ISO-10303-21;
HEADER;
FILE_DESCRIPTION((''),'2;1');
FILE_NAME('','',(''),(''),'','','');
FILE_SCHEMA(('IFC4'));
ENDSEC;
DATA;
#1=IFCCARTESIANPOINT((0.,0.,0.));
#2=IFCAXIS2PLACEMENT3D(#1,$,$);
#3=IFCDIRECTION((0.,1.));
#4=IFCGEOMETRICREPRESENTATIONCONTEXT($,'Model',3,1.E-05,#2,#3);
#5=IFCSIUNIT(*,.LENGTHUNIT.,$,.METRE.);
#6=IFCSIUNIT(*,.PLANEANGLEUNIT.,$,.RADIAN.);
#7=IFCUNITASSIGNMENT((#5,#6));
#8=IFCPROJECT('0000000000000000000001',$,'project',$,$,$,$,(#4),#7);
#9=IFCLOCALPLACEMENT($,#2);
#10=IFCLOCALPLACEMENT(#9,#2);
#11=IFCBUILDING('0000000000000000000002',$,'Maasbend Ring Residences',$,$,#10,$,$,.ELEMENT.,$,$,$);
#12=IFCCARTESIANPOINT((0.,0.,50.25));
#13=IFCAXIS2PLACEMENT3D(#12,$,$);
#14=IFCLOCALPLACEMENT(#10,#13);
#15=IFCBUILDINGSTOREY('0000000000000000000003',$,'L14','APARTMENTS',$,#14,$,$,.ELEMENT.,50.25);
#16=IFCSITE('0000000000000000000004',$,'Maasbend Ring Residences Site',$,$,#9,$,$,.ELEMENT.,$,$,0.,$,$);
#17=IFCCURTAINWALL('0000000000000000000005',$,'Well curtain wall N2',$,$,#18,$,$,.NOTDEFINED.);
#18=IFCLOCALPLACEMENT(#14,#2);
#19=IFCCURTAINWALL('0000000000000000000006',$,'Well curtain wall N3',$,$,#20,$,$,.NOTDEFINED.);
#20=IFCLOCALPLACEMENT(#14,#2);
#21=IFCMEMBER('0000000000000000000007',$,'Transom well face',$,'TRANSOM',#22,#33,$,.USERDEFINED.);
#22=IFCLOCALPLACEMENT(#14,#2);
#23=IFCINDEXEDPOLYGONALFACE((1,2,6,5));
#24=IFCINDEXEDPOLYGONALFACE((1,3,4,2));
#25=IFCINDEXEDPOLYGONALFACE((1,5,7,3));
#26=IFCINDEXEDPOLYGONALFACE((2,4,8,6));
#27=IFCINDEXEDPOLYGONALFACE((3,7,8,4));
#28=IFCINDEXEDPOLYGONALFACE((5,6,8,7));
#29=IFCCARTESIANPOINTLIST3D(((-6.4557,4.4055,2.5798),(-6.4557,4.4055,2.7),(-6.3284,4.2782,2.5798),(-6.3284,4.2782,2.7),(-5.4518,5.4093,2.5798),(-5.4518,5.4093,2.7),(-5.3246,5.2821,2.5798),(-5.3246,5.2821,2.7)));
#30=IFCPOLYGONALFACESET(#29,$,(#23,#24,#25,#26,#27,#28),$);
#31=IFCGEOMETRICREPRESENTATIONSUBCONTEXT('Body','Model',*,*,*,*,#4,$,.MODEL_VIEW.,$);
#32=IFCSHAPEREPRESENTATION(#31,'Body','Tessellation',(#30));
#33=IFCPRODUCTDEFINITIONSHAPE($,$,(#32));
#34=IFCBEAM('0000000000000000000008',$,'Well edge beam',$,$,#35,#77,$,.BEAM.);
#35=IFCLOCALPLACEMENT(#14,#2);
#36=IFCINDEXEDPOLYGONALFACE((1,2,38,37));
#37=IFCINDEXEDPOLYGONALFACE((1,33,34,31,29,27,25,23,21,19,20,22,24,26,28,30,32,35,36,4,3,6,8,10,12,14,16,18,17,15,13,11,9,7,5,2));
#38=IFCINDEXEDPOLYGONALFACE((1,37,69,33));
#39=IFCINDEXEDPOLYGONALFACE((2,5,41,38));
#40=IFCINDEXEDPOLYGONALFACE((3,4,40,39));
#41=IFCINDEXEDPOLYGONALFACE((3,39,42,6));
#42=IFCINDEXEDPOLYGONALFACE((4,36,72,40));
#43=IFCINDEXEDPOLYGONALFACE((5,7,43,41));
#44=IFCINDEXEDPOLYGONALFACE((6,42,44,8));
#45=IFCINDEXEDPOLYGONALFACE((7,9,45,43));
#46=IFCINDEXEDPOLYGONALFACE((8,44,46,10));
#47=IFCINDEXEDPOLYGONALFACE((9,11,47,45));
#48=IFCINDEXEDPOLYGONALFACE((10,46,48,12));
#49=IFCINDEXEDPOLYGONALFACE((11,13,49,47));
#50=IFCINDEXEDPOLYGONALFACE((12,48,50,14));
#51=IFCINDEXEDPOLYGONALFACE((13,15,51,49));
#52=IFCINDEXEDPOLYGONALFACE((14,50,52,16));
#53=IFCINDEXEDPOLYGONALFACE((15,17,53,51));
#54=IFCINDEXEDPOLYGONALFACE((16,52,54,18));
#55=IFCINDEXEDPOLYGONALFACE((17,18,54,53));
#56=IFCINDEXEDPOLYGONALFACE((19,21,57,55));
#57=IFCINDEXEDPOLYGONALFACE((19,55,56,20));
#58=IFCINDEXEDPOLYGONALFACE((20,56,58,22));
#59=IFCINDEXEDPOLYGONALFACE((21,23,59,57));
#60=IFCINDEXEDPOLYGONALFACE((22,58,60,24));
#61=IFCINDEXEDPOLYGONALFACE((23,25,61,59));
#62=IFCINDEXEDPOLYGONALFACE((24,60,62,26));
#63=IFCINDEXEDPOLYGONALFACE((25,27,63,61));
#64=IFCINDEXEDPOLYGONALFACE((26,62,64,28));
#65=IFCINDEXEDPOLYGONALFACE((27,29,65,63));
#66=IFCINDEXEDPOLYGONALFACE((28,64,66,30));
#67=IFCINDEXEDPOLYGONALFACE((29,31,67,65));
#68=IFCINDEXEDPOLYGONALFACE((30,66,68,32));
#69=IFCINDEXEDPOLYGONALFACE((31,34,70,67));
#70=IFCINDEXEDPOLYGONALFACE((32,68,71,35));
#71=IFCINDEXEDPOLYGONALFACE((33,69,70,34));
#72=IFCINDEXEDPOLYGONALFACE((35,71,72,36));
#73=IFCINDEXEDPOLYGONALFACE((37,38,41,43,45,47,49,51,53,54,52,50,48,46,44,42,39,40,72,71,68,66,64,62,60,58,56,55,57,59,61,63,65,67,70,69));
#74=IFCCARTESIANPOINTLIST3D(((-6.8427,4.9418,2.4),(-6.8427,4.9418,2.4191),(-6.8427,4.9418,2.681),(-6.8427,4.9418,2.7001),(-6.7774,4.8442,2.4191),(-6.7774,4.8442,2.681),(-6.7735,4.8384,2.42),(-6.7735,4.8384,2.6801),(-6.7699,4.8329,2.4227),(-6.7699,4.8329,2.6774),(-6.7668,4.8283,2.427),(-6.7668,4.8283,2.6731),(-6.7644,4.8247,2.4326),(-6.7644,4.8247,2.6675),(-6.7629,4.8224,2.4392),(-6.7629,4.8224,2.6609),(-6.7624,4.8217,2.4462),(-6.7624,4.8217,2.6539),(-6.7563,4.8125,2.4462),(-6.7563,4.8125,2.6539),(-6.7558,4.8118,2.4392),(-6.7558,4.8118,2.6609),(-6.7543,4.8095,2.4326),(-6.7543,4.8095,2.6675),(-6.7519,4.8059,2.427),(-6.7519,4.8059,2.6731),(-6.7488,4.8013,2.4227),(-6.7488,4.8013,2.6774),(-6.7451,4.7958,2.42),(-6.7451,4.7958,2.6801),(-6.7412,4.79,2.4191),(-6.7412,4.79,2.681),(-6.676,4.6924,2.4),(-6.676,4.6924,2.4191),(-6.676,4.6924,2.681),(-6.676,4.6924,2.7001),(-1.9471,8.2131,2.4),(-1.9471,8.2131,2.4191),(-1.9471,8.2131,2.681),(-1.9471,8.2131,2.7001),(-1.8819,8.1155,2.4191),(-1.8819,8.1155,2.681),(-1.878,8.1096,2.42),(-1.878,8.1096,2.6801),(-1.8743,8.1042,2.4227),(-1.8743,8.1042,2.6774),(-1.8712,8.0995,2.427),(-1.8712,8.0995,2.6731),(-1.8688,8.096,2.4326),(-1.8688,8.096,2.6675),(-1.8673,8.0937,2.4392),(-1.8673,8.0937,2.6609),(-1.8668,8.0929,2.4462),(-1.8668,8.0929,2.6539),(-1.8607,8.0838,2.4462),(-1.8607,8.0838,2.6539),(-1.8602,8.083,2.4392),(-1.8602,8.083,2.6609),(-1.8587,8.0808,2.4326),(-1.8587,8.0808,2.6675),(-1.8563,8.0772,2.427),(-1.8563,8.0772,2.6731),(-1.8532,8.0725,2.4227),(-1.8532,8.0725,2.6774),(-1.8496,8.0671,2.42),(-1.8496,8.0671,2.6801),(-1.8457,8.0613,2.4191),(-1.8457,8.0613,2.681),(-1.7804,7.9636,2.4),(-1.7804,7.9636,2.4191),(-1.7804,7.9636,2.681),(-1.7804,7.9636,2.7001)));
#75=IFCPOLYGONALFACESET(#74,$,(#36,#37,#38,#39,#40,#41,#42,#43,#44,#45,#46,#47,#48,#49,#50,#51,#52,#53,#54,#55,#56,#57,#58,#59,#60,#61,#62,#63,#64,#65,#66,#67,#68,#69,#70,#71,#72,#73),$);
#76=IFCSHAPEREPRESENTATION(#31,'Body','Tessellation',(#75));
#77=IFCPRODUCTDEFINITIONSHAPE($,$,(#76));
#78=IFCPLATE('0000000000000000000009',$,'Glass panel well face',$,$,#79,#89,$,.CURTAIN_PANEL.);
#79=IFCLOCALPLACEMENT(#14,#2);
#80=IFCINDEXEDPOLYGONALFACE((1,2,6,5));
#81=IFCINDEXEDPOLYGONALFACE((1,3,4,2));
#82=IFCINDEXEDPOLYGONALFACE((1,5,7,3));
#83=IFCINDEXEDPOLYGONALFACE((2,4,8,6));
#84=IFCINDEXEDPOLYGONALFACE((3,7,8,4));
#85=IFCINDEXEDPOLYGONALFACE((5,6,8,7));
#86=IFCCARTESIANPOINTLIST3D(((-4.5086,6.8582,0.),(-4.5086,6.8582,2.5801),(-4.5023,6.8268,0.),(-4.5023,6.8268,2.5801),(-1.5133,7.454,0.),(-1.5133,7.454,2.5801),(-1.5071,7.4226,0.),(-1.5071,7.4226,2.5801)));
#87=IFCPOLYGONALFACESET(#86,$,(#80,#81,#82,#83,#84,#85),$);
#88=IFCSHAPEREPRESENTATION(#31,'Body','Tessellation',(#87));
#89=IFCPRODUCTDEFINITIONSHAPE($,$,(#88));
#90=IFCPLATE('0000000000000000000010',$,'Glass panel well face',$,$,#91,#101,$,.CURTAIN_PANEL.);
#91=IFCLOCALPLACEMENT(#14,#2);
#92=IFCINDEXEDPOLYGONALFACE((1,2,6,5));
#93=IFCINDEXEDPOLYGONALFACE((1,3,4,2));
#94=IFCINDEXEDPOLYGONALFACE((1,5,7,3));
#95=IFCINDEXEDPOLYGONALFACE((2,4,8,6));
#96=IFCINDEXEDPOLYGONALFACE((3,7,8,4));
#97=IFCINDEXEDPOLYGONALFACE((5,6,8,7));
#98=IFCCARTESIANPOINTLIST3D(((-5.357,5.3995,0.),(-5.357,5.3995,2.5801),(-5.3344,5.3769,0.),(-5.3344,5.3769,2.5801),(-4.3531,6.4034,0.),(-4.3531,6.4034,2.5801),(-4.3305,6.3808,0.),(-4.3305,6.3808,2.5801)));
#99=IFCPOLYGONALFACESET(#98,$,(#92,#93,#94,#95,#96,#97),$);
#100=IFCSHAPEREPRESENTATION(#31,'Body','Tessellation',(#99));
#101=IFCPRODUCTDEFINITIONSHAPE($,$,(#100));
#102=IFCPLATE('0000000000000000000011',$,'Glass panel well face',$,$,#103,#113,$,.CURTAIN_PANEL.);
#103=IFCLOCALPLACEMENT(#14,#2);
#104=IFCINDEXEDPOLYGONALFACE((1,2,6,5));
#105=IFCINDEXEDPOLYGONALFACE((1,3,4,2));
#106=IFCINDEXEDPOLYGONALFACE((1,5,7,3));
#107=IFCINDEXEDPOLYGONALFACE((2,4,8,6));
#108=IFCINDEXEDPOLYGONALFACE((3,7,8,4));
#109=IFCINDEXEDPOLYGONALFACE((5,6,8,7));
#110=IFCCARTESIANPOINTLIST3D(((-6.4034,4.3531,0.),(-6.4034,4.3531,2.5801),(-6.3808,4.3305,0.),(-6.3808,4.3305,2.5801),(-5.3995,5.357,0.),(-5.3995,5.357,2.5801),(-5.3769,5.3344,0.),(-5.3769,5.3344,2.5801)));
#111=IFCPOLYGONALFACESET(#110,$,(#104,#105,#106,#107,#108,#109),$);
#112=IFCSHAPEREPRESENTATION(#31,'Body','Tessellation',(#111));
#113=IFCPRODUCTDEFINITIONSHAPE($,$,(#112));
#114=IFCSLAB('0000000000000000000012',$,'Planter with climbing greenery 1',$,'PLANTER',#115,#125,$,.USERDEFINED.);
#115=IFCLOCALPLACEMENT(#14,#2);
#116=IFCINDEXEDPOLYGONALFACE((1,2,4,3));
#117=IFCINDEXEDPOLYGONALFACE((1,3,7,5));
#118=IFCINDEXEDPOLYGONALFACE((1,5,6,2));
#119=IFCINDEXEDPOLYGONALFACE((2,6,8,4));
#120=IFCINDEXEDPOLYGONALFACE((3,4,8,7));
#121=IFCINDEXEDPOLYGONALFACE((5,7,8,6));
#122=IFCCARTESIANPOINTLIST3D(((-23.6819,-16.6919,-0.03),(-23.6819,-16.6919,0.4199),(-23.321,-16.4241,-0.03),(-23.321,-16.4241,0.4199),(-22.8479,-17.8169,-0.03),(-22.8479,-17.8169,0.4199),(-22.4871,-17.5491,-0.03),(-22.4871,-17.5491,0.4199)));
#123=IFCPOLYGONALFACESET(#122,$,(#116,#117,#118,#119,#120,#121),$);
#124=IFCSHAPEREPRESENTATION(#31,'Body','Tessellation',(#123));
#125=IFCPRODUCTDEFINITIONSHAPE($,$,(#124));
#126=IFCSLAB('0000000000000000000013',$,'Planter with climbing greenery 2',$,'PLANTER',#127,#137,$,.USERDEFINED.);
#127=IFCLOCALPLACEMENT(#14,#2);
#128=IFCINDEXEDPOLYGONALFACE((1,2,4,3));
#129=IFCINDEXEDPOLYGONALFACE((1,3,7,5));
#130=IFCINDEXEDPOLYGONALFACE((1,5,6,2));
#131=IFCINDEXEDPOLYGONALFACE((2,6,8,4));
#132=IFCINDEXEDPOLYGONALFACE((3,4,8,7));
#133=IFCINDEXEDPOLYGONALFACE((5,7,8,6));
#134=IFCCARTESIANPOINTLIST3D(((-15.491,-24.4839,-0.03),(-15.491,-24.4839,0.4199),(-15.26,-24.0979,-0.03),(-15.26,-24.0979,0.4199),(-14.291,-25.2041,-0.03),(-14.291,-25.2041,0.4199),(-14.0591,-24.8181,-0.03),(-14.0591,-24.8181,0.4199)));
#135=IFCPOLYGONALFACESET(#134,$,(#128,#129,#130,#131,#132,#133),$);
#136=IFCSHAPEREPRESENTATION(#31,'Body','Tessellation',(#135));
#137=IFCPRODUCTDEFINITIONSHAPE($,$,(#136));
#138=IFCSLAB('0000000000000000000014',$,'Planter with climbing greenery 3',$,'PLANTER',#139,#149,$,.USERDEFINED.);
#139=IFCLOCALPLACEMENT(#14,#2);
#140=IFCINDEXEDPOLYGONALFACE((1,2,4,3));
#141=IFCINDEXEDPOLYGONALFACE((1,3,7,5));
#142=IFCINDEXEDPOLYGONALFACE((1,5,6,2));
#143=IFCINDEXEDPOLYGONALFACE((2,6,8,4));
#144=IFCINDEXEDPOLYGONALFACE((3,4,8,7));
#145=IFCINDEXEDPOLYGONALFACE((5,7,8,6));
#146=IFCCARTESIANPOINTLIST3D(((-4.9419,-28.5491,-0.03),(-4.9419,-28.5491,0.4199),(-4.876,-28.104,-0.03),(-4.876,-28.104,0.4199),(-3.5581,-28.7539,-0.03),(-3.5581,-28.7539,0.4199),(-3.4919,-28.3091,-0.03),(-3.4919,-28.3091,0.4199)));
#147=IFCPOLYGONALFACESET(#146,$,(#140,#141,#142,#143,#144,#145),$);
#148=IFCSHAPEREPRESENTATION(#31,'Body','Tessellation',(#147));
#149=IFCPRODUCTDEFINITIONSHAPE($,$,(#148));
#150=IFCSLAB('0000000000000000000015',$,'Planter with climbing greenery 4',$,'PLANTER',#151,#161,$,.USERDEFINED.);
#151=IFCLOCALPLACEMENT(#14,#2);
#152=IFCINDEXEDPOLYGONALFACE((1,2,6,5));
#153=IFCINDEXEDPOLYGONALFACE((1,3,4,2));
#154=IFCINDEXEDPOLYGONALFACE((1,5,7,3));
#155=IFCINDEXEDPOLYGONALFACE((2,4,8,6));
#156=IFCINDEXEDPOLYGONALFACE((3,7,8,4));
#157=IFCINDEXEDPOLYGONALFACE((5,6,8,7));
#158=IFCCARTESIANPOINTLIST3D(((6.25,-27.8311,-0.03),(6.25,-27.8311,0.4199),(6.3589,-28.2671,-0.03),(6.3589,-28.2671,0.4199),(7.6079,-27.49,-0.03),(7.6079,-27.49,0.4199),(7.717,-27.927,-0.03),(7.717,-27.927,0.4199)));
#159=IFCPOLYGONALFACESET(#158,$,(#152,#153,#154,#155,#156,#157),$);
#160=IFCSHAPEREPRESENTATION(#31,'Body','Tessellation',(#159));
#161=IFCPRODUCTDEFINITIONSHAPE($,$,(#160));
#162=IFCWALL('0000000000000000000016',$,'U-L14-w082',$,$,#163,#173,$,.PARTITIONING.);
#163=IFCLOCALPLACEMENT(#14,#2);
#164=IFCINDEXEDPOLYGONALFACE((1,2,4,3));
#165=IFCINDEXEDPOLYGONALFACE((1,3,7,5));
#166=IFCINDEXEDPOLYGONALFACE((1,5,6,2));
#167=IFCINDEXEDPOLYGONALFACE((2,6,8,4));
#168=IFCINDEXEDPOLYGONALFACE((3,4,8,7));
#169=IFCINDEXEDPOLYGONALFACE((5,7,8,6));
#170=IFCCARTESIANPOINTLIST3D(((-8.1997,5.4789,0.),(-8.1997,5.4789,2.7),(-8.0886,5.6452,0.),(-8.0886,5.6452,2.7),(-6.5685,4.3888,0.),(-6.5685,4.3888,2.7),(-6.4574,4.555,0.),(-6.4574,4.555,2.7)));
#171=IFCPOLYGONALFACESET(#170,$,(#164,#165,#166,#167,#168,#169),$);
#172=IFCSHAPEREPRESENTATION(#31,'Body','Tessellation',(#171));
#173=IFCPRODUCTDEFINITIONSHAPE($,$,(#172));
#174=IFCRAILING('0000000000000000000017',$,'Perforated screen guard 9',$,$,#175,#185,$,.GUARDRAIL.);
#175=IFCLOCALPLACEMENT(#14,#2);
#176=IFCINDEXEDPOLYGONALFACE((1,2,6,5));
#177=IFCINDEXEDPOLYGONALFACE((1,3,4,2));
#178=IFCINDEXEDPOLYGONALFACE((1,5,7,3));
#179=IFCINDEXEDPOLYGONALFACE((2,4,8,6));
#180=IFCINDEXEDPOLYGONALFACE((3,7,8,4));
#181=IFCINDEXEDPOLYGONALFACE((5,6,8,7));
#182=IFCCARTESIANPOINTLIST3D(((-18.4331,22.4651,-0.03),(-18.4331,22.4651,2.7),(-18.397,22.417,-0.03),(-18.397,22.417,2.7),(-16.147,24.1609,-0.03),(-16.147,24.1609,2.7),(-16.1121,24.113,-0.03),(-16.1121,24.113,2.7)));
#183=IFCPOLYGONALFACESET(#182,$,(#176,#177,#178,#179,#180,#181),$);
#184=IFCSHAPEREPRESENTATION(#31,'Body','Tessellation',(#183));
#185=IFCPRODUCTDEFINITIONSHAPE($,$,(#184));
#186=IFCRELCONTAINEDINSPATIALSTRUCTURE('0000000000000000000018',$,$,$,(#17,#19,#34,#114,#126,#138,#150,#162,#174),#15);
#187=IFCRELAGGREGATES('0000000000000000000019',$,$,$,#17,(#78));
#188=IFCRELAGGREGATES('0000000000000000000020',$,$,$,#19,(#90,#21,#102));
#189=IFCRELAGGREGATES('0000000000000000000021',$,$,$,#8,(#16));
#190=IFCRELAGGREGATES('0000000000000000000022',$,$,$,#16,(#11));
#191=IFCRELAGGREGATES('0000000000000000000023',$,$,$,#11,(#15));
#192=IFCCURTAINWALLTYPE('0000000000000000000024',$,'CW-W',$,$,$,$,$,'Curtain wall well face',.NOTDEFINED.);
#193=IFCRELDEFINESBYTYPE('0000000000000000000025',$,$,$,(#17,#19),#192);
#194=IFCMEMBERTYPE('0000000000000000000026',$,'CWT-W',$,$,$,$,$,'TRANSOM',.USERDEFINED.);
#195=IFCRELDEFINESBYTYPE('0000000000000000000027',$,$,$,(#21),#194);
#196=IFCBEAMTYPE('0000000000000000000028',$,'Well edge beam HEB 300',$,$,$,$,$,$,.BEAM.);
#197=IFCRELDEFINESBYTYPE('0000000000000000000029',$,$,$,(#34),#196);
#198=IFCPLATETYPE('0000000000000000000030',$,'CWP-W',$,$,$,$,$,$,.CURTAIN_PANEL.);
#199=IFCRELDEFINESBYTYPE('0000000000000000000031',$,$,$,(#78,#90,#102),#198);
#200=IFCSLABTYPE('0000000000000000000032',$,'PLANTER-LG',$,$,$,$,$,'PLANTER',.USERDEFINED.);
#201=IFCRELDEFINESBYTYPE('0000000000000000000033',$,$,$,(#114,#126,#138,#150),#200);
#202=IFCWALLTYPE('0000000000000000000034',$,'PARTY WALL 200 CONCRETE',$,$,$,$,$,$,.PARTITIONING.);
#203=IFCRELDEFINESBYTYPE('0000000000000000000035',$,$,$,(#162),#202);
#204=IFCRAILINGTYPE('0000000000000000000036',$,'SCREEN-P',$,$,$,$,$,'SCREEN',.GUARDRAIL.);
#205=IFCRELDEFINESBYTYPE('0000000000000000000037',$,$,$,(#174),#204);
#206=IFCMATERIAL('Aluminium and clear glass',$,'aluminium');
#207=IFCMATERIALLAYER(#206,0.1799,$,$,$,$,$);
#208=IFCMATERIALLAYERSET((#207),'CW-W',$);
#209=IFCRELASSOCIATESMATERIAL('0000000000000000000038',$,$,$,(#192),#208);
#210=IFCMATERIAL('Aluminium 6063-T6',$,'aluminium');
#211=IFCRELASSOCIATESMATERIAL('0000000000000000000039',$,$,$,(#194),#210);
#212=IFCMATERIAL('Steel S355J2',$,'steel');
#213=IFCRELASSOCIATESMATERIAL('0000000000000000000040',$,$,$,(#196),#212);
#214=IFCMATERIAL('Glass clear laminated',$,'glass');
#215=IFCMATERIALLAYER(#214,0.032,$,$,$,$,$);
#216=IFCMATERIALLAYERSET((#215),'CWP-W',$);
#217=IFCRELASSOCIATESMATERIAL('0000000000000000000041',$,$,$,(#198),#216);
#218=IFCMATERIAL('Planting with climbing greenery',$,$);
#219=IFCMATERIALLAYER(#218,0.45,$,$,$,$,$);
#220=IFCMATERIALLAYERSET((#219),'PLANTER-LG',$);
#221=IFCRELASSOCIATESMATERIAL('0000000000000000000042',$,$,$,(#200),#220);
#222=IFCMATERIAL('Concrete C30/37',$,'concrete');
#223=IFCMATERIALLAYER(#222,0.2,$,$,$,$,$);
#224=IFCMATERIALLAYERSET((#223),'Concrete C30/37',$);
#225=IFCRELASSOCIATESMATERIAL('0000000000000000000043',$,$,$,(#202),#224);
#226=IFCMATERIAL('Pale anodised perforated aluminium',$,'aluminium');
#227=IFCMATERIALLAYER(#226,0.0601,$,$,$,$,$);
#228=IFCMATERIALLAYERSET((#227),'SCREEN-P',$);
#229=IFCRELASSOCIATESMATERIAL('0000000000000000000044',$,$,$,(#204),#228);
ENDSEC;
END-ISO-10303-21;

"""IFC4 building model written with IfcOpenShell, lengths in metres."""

from ifc_helpers import new_model, si_unit, direction, frame, frame_2d, origin, origin_2d, place, context, subcontext, project, spatial, polyline, rectangle, i_section, outline, extrude, material, layer, layer_set, material_profile, profile_set, type_object, element, aggregate, save


model = new_model("IFC4")

# Units and contexts
model_context = context("Model", 3, precision=1e-05, world=origin(), true_north=direction((0.0, 1.0)))
body_context = subcontext(model_context, "Body", "Model", "MODEL_VIEW")
ifc_project = project(units=[si_unit("LENGTHUNIT", "METRE"), si_unit("PLANEANGLEUNIT", "RADIAN")], contexts=[model_context])

# Site, building, storey
site_placement = place(None, origin())
site = spatial("IfcSite", under=ifc_project, at=site_placement, Name="Maasbend Ring Residences Site", CompositionType="ELEMENT", RefElevation=0.0)
building_placement = place(site_placement, origin())
building = spatial("IfcBuilding", under=site, at=building_placement, Name="Maasbend Ring Residences", CompositionType="ELEMENT")
storey_placement = place(building_placement, frame((0.0, 0.0, 50.25)))
storey = spatial("IfcBuildingStorey", under=building, at=storey_placement, Name="L14", Description="APARTMENTS", CompositionType="ELEMENT", Elevation=50.25)

# Curtain walls
ifc_material_1 = material(Name="Aluminium and clear glass", Category="aluminium")
ifc_layer_1 = layer(ifc_material_1, 0.1799)
ifc_layer_set_1 = layer_set([ifc_layer_1], Name="CW-W")
curtain_wall_type = type_object("IfcCurtainWallType", Name="CW-W", ElementType="Curtain wall well face", PredefinedType="NOTDEFINED", material=ifc_layer_set_1)
curtain_wall_1_placement = place(storey_placement, origin())
curtain_wall_1 = element("IfcCurtainWall", 1, at=curtain_wall_1_placement, inside=storey, type_object=curtain_wall_type, Name="Well curtain wall N2", PredefinedType="NOTDEFINED")
curtain_wall_2_placement = place(storey_placement, origin())
curtain_wall_2 = element("IfcCurtainWall", 2, at=curtain_wall_2_placement, inside=storey, type_object=curtain_wall_type, Name="Well curtain wall N3", PredefinedType="NOTDEFINED")

# Member
ifc_material_2 = material(Name="Aluminium 6063-T6", Category="aluminium")
ifc_material_profile_1 = material_profile(ifc_material_2, rectangle(XDim=0.1799, YDim=0.1201, at=origin_2d()), Name="AL 180x120")
ifc_profile_set_1 = profile_set([ifc_material_profile_1], Name="Aluminium 6063-T6")
member_type_1 = type_object("IfcMemberType", Name="CWT-W", ElementType="TRANSOM", PredefinedType="USERDEFINED", material=ifc_profile_set_1)
member_1_placement = place(storey_placement, frame((-5.3882, 5.3457, 2.6399), z_axis=(-0.707107, -0.707107, 0.0), x_axis=(0.707107, -0.707107, 0.0)))
member_1 = element("IfcMember", 3, at=member_1_placement, type_object=member_type_1, Name="Transom well face", ObjectType="TRANSOM", PredefinedType="USERDEFINED", context=body_context, shape_type="SweptSolid", body=[
    extrude(rectangle(XDim=0.1799, YDim=0.1201, at=origin_2d()), origin(), (0.0, 0.0, 1.0), 1.4197),
])

# Beam
ifc_material_3 = material(Name="Steel S355J2", Category="steel")
ifc_material_profile_2 = material_profile(ifc_material_3, i_section(OverallWidth=0.3, OverallDepth=0.3, WebThickness=0.011, FlangeThickness=0.019, FilletRadius=0.0271, at=origin_2d()), Name="HEB 300")
ifc_profile_set_2 = profile_set([ifc_material_profile_2], Name="Steel S355J2")
beam_type = type_object("IfcBeamType", Name="Well edge beam HEB 300", PredefinedType="BEAM", material=ifc_profile_set_2)
beam_placement = place(storey_placement, frame((-1.8638, 8.0884, 2.55), z_axis=(-0.831457, -0.55559, 0.0), x_axis=(0.55559, -0.831457, 0.0)))
element("IfcBeam", 4, at=beam_placement, inside=storey, type_object=beam_type, Name="Well edge beam", PredefinedType="BEAM", context=body_context, shape_type="SweptSolid", body=[
    extrude(i_section(OverallWidth=0.3, OverallDepth=0.3, WebThickness=0.011, FlangeThickness=0.019, FilletRadius=0.0271, at=origin_2d()), origin(), (0.0, 0.0, 1.0), 5.8879),
])

# Plates
ifc_material_4 = material(Name="Glass clear laminated", Category="glass")
ifc_layer_2 = layer(ifc_material_4, 0.032)
ifc_layer_set_2 = layer_set([ifc_layer_2], Name="CWP-W")
plate_type = type_object("IfcPlateType", Name="CWP-W", PredefinedType="CURTAIN_PANEL", material=ifc_layer_set_2)
plate_1_placement = place(storey_placement, frame((-3.0078, 7.1404, 0.0), z_axis=(0.0, 0.0, 1.0), x_axis=(-0.980785, -0.19509, 0.0)))
plate_1 = element("IfcPlate", 5, at=plate_1_placement, type_object=plate_type, Name="Glass panel well face", PredefinedType="CURTAIN_PANEL", context=body_context, shape_type="SweptSolid", body=[
    extrude(rectangle(XDim=3.054, YDim=0.032, at=origin_2d()), origin(), (0.0, 0.0, 1.0), 2.5801),
])
aggregate(curtain_wall_1, [plate_1])
plate_2_placement = place(storey_placement, frame((-4.8438, 5.8901, 0.0), z_axis=(0.0, 0.0, 1.0), x_axis=(-0.707107, -0.707107, 0.0)))
plate_2 = element("IfcPlate", 6, at=plate_2_placement, type_object=plate_type, Name="Glass panel well face", PredefinedType="CURTAIN_PANEL", context=body_context, shape_type="SweptSolid", body=[
    extrude(rectangle(XDim=1.4197, YDim=0.032, at=origin_2d()), origin(), (0.0, 0.0, 1.0), 2.5801),
])
plate_3_placement = place(storey_placement, frame((-5.8901, 4.8438, 0.0), z_axis=(0.0, 0.0, 1.0), x_axis=(-0.707107, -0.707107, 0.0)))
plate_3 = element("IfcPlate", 7, at=plate_3_placement, type_object=plate_type, Name="Glass panel well face", PredefinedType="CURTAIN_PANEL", context=body_context, shape_type="SweptSolid", body=[
    extrude(rectangle(XDim=1.4197, YDim=0.032, at=origin_2d()), origin(), (0.0, 0.0, 1.0), 2.5801),
])
aggregate(curtain_wall_2, [plate_2, member_1, plate_3])

# Slabs
ifc_material_5 = material(Name="Planting with climbing greenery")
ifc_layer_3 = layer(ifc_material_5, 0.45)
ifc_layer_set_3 = layer_set([ifc_layer_3], Name="PLANTER-LG")
slab_type_1 = type_object("IfcSlabType", Name="PLANTER-LG", ElementType="PLANTER", PredefinedType="USERDEFINED", material=ifc_layer_set_3)
slab_1_placement = place(storey_placement, frame((0.0, 0.0, -0.03)))
element("IfcSlab", 8, at=slab_1_placement, inside=storey, type_object=slab_type_1, Name="Planter with climbing greenery 1", ObjectType="PLANTER", PredefinedType="USERDEFINED", context=body_context, shape_type="SweptSolid", body=[
    extrude(outline(polyline([(-23.6819, -16.6919), (-22.8479, -17.8169), (-22.4871, -17.5491), (-23.321, -16.4241), (-23.6819, -16.6919)])), origin(), (0.0, 0.0, 1.0), 0.45),
])
slab_2_placement = place(storey_placement, frame((0.0, 0.0, -0.03)))
element("IfcSlab", 9, at=slab_2_placement, inside=storey, type_object=slab_type_1, Name="Planter with climbing greenery 2", ObjectType="PLANTER", PredefinedType="USERDEFINED", context=body_context, shape_type="SweptSolid", body=[
    extrude(outline(polyline([(-15.491, -24.4839), (-14.291, -25.2041), (-14.0591, -24.8181), (-15.26, -24.0979), (-15.491, -24.4839)])), origin(), (0.0, 0.0, 1.0), 0.45),
])
slab_3_placement = place(storey_placement, frame((0.0, 0.0, -0.03)))
element("IfcSlab", 10, at=slab_3_placement, inside=storey, type_object=slab_type_1, Name="Planter with climbing greenery 3", ObjectType="PLANTER", PredefinedType="USERDEFINED", context=body_context, shape_type="SweptSolid", body=[
    extrude(outline(polyline([(-4.9419, -28.5491), (-3.5581, -28.7539), (-3.4919, -28.3091), (-4.876, -28.104), (-4.9419, -28.5491)])), origin(), (0.0, 0.0, 1.0), 0.45),
])
slab_4_placement = place(storey_placement, frame((0.0, 0.0, -0.03)))
element("IfcSlab", 11, at=slab_4_placement, inside=storey, type_object=slab_type_1, Name="Planter with climbing greenery 4", ObjectType="PLANTER", PredefinedType="USERDEFINED", context=body_context, shape_type="SweptSolid", body=[
    extrude(outline(polyline([(6.3589, -28.2671), (7.717, -27.927), (7.6079, -27.49), (6.25, -27.8311), (6.3589, -28.2671)])), origin(), (0.0, 0.0, 1.0), 0.45),
])

# Wall
ifc_material_6 = material(Name="Concrete C30/37", Category="concrete")
ifc_layer_4 = layer(ifc_material_6, 0.2)
ifc_layer_set_4 = layer_set([ifc_layer_4], Name="Concrete C30/37")
wall_type = type_object("IfcWallType", Name="PARTY WALL 200 CONCRETE", PredefinedType="PARTITIONING", material=ifc_layer_set_4)
wall_placement = place(storey_placement, frame((-6.5129, 4.4719, 0.0), z_axis=(0.0, 0.0, 1.0), x_axis=(-0.831418, 0.555648, 0.0)))
element("IfcWall", 12, at=wall_placement, inside=storey, type_object=wall_type, Name="U-L14-w082", PredefinedType="PARTITIONING", context=body_context, shape_type="SweptSolid", body=[
    extrude(rectangle(XDim=1.9619, YDim=0.2, at=frame_2d((0.981, 0.0))), origin(), (0.0, 0.0, 1.0), 2.7),
])

# Railing
ifc_material_7 = material(Name="Pale anodised perforated aluminium", Category="aluminium")
ifc_layer_5 = layer(ifc_material_7, 0.0601)
ifc_layer_set_5 = layer_set([ifc_layer_5], Name="SCREEN-P")
railing_type = type_object("IfcRailingType", Name="SCREEN-P", ElementType="SCREEN", PredefinedType="GUARDRAIL", material=ifc_layer_set_5)
railing_1_placement = place(storey_placement, frame((0.0, 0.0, -0.03)))
element("IfcRailing", 13, at=railing_1_placement, inside=storey, type_object=railing_type, Name="Perforated screen guard 9", PredefinedType="GUARDRAIL", context=body_context, shape_type="SweptSolid", body=[
    extrude(outline(polyline([(-16.1121, 24.113), (-18.397, 22.417), (-18.4331, 22.4651), (-16.147, 24.1609), (-16.1121, 24.113)])), origin(), (0.0, 0.0, 1.0), 2.73),
])

save(model, "model.ifc")
